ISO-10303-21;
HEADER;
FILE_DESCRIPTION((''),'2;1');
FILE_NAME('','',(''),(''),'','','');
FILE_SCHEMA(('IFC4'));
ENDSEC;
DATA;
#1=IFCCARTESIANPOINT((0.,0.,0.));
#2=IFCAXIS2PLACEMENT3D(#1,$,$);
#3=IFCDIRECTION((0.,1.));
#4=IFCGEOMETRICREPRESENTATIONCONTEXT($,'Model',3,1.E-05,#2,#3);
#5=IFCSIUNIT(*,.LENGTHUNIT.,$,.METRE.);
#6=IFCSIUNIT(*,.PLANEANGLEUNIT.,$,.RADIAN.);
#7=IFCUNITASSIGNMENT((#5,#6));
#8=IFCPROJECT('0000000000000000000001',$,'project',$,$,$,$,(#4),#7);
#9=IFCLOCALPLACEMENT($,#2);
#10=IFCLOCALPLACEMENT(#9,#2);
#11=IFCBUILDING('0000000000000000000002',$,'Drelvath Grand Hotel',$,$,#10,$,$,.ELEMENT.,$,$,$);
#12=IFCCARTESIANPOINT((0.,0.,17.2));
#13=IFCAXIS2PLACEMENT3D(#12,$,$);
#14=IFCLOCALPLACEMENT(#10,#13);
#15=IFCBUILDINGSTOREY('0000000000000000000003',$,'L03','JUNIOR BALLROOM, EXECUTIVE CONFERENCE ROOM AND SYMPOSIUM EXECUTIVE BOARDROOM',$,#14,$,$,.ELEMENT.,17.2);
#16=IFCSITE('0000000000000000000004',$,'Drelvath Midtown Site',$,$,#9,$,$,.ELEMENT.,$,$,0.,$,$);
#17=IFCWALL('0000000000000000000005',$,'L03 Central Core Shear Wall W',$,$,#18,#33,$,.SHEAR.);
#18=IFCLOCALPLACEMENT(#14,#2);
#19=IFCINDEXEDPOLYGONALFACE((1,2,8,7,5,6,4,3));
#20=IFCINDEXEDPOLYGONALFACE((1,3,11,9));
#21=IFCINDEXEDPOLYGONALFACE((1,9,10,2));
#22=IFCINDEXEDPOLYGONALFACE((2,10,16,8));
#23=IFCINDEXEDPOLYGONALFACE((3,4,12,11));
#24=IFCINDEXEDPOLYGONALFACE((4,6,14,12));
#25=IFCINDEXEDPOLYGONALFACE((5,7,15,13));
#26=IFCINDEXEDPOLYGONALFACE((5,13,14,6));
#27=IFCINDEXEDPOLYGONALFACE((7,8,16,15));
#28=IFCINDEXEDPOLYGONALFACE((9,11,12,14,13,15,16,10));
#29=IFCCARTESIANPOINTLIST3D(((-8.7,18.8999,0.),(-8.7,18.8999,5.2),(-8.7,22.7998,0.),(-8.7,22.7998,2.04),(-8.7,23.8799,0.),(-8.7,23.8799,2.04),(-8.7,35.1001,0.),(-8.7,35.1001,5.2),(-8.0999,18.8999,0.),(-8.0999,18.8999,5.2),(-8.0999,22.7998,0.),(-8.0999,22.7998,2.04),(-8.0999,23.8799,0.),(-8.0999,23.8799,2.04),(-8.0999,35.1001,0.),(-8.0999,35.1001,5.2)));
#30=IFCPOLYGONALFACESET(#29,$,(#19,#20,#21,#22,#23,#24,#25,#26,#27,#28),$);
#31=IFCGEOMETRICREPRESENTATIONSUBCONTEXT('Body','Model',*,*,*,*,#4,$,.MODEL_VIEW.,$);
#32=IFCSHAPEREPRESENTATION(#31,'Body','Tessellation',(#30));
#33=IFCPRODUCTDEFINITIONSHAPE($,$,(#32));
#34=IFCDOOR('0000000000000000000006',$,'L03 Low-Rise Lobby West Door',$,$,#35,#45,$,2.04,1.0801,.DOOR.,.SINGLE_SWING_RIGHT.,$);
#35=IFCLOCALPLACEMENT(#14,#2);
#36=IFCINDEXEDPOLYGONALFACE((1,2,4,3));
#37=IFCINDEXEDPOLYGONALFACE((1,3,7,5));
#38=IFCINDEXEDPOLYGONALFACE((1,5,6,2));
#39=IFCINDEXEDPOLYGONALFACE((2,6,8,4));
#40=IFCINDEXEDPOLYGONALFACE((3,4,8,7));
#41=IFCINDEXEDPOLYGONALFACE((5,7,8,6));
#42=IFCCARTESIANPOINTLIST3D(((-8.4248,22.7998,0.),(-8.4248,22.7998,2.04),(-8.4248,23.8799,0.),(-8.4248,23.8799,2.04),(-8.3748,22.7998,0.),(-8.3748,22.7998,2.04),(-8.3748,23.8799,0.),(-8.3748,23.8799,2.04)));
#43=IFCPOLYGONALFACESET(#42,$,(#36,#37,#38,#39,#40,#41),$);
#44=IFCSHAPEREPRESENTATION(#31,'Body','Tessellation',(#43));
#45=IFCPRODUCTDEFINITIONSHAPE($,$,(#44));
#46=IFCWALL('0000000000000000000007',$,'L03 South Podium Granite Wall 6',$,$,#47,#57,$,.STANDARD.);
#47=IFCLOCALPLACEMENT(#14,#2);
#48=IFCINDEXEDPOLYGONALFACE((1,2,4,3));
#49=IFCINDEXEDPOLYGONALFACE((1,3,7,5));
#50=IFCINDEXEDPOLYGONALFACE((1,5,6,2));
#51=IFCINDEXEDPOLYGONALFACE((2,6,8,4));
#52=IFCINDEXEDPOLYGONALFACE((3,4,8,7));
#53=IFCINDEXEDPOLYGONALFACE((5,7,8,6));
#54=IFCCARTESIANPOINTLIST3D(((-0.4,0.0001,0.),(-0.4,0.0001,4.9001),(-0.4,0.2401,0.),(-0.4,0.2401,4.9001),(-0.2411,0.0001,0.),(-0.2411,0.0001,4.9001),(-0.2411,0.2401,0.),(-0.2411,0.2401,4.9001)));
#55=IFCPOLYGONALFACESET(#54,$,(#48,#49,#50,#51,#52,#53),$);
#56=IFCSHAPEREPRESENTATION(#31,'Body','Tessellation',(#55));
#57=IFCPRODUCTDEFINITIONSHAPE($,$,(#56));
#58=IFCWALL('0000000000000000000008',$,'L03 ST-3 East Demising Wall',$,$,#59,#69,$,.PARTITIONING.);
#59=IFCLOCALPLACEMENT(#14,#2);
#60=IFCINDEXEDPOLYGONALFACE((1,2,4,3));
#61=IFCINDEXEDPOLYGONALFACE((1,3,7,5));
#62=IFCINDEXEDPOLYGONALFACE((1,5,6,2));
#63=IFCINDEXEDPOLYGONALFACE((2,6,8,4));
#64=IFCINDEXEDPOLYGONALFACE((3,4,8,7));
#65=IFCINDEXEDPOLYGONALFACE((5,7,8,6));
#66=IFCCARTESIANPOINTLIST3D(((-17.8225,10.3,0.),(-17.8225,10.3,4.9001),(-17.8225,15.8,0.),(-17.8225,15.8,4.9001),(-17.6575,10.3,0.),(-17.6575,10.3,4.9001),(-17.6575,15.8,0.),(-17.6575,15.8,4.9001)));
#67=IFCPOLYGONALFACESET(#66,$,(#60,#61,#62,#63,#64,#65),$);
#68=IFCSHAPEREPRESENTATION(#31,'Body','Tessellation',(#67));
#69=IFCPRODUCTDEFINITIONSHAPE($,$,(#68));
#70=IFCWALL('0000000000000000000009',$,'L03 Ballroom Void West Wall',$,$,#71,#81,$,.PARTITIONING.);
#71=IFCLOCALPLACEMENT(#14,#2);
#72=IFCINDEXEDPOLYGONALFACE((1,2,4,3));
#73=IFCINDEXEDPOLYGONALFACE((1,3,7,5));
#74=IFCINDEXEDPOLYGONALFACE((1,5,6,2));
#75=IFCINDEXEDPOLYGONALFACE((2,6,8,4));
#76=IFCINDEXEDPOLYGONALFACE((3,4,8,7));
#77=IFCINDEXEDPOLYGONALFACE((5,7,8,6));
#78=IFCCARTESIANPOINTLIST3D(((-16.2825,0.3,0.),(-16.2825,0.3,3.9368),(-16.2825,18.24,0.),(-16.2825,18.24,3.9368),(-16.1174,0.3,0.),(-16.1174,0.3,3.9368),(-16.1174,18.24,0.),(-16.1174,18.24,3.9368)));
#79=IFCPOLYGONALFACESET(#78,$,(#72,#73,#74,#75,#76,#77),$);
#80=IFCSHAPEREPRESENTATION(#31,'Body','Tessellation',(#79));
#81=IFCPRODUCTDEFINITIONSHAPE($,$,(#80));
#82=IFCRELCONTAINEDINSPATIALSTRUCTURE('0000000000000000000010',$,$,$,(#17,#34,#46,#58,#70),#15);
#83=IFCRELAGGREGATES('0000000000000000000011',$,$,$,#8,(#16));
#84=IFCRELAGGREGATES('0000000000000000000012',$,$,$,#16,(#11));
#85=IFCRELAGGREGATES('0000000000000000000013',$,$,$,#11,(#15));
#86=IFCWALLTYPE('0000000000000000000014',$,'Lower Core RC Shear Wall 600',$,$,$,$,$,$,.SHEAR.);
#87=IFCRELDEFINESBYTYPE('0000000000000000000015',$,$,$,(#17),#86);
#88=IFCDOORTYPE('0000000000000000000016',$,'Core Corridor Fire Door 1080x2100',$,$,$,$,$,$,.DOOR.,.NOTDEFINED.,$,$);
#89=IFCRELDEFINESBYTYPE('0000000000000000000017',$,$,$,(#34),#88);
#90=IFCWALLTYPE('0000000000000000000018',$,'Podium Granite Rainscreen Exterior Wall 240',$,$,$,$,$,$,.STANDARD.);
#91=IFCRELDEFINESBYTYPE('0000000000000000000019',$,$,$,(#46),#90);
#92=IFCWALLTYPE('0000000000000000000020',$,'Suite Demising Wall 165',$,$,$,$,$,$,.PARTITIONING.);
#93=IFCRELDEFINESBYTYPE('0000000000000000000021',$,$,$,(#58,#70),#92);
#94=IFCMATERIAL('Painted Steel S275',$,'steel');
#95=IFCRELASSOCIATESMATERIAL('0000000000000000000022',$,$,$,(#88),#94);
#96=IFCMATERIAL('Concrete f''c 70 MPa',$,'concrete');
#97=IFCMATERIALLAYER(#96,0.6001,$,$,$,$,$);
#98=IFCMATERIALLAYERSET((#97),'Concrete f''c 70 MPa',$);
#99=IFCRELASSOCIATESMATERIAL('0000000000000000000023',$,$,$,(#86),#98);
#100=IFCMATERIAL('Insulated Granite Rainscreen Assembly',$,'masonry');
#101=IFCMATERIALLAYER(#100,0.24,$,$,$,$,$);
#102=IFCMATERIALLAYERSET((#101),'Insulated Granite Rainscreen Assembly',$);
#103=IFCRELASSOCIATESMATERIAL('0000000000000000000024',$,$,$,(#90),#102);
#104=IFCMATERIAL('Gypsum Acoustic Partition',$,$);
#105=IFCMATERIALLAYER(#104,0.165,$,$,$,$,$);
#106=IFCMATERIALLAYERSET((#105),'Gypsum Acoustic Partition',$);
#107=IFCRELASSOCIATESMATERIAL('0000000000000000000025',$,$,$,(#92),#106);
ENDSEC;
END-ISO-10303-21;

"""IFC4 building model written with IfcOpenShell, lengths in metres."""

from ifc_helpers import new_model, si_unit, direction, frame, frame_2d, origin, place, context, subcontext, project, spatial, rectangle, extrude, material, layer, layer_set, type_object, element, fill, save


model = new_model("IFC4")

# Units and contexts
model_context = context("Model", 3, precision=1e-05, world=origin(), true_north=direction((0.0, 1.0)))
body_context = subcontext(model_context, "Body", "Model", "MODEL_VIEW")
ifc_project = project(units=[si_unit("LENGTHUNIT", "METRE"), si_unit("PLANEANGLEUNIT", "RADIAN")], contexts=[model_context])

# Site, building, storey
site_placement = place(None, origin())
site = spatial("IfcSite", under=ifc_project, at=site_placement, Name="Drelvath Midtown Site", CompositionType="ELEMENT", RefElevation=0.0)
building_placement = place(site_placement, origin())
building = spatial("IfcBuilding", under=site, at=building_placement, Name="Drelvath Grand Hotel", CompositionType="ELEMENT")
storey_placement = place(building_placement, frame((0.0, 0.0, 17.2)))
storey = spatial("IfcBuildingStorey", under=building, at=storey_placement, Name="L03", Description="JUNIOR BALLROOM, EXECUTIVE CONFERENCE ROOM AND SYMPOSIUM EXECUTIVE BOARDROOM", CompositionType="ELEMENT", Elevation=17.2)

# Shared definitions
ifc_material_1 = material(Name="Concrete f'c 70 MPa", Category="concrete")

# Wall, opening, door
ifc_material_2 = material(Name="Painted Steel S275", Category="steel")
door_type = type_object("IfcDoorType", Name="Core Corridor Fire Door 1080x2100", OperationType="NOTDEFINED", PredefinedType="DOOR", material=ifc_material_2)
ifc_layer_1 = layer(ifc_material_1, 0.6001)
ifc_layer_set_1 = layer_set([ifc_layer_1], Name="Concrete f'c 70 MPa")
wall_type_1 = type_object("IfcWallType", Name="Lower Core RC Shear Wall 600", PredefinedType="SHEAR", material=ifc_layer_set_1)
wall_1_placement = place(storey_placement, frame((-8.3999, 18.8999, 0.0), z_axis=(0.0, 0.0, 1.0), x_axis=(0.0, 1.0, 0.0)))
wall_1 = element("IfcWall", 1, at=wall_1_placement, inside=storey, type_object=wall_type_1, Name="L03 Central Core Shear Wall W", PredefinedType="SHEAR", context=body_context, shape_type="SweptSolid", body=[
    extrude(rectangle(XDim=16.2002, YDim=0.6001, at=frame_2d((8.1001, 0.0))), origin(), (0.0, 0.0, 1.0), 5.2),
])
opening_1_placement = place(wall_1_placement, frame((3.8999, 0.0, 0.0)))
opening_1 = element("IfcOpeningElement", 2, at=opening_1_placement, cuts=wall_1, PredefinedType="OPENING", context=body_context, shape_type="SweptSolid", body=[
    extrude(rectangle(XDim=1.0801, YDim=2.04, at=frame_2d((0.54, 1.02))), frame((0.0, 0.3101, 0.0), z_axis=(0.0, -1.0, 0.0), x_axis=(1.0, 0.0, 0.0)), (0.0, 0.0, 1.0), 0.6201),
])
door_1_placement = place(opening_1_placement, origin())
door_1 = element("IfcDoor", 3, at=door_1_placement, inside=storey, type_object=door_type, Name="L03 Low-Rise Lobby West Door", OperationType="SINGLE_SWING_RIGHT", OverallHeight=2.04, OverallWidth=1.0801, PredefinedType="DOOR", context=body_context, shape_type="SweptSolid", body=[
    extrude(rectangle(XDim=1.0801, YDim=2.04, at=frame_2d((0.54, 1.02))), frame((0.0, 0.0249, 0.0), z_axis=(0.0, -1.0, 0.0), x_axis=(1.0, 0.0, 0.0)), (0.0, 0.0, 1.0), 0.05),
])
fill(opening_1, door_1)

# Walls
ifc_material_3 = material(Name="Insulated Granite Rainscreen Assembly", Category="masonry")
ifc_layer_2 = layer(ifc_material_3, 0.24)
ifc_layer_set_2 = layer_set([ifc_layer_2], Name="Insulated Granite Rainscreen Assembly")
wall_type_2 = type_object("IfcWallType", Name="Podium Granite Rainscreen Exterior Wall 240", PredefinedType="STANDARD", material=ifc_layer_set_2)
wall_2_placement = place(storey_placement, frame((-0.241, 0.1201, 0.0), z_axis=(0.0, 0.0, 1.0), x_axis=(-1.0, 0.0, 0.0)))
element("IfcWall", 4, at=wall_2_placement, inside=storey, type_object=wall_type_2, Name="L03 South Podium Granite Wall 6", PredefinedType="STANDARD", context=body_context, shape_type="SweptSolid", body=[
    extrude(rectangle(XDim=0.1589, YDim=0.24, at=frame_2d((0.0796, 0.0))), origin(), (0.0, 0.0, 1.0), 4.9001),
])
ifc_material_4 = material(Name="Gypsum Acoustic Partition")
ifc_layer_3 = layer(ifc_material_4, 0.165)
ifc_layer_set_3 = layer_set([ifc_layer_3], Name="Gypsum Acoustic Partition")
wall_type_3 = type_object("IfcWallType", Name="Suite Demising Wall 165", PredefinedType="PARTITIONING", material=ifc_layer_set_3)
wall_3_placement = place(storey_placement, frame((-17.74, 10.3, 0.0), z_axis=(0.0, 0.0, 1.0), x_axis=(0.0, 1.0, 0.0)))
element("IfcWall", 5, at=wall_3_placement, inside=storey, type_object=wall_type_3, Name="L03 ST-3 East Demising Wall", PredefinedType="PARTITIONING", context=body_context, shape_type="SweptSolid", body=[
    extrude(rectangle(XDim=5.5, YDim=0.165, at=frame_2d((2.75, 0.0))), origin(), (0.0, 0.0, 1.0), 4.9001),
])
wall_4_placement = place(storey_placement, frame((-16.2, 0.3, 0.0), z_axis=(0.0, 0.0, 1.0), x_axis=(0.0, 1.0, 0.0)))
element("IfcWall", 6, at=wall_4_placement, inside=storey, type_object=wall_type_3, Name="L03 Ballroom Void West Wall", PredefinedType="PARTITIONING", context=body_context, shape_type="SweptSolid", body=[
    extrude(rectangle(XDim=17.9399, YDim=0.165, at=frame_2d((8.97, 0.0))), origin(), (0.0, 0.0, 1.0), 3.9368),
])

save(model, "model.ifc")
